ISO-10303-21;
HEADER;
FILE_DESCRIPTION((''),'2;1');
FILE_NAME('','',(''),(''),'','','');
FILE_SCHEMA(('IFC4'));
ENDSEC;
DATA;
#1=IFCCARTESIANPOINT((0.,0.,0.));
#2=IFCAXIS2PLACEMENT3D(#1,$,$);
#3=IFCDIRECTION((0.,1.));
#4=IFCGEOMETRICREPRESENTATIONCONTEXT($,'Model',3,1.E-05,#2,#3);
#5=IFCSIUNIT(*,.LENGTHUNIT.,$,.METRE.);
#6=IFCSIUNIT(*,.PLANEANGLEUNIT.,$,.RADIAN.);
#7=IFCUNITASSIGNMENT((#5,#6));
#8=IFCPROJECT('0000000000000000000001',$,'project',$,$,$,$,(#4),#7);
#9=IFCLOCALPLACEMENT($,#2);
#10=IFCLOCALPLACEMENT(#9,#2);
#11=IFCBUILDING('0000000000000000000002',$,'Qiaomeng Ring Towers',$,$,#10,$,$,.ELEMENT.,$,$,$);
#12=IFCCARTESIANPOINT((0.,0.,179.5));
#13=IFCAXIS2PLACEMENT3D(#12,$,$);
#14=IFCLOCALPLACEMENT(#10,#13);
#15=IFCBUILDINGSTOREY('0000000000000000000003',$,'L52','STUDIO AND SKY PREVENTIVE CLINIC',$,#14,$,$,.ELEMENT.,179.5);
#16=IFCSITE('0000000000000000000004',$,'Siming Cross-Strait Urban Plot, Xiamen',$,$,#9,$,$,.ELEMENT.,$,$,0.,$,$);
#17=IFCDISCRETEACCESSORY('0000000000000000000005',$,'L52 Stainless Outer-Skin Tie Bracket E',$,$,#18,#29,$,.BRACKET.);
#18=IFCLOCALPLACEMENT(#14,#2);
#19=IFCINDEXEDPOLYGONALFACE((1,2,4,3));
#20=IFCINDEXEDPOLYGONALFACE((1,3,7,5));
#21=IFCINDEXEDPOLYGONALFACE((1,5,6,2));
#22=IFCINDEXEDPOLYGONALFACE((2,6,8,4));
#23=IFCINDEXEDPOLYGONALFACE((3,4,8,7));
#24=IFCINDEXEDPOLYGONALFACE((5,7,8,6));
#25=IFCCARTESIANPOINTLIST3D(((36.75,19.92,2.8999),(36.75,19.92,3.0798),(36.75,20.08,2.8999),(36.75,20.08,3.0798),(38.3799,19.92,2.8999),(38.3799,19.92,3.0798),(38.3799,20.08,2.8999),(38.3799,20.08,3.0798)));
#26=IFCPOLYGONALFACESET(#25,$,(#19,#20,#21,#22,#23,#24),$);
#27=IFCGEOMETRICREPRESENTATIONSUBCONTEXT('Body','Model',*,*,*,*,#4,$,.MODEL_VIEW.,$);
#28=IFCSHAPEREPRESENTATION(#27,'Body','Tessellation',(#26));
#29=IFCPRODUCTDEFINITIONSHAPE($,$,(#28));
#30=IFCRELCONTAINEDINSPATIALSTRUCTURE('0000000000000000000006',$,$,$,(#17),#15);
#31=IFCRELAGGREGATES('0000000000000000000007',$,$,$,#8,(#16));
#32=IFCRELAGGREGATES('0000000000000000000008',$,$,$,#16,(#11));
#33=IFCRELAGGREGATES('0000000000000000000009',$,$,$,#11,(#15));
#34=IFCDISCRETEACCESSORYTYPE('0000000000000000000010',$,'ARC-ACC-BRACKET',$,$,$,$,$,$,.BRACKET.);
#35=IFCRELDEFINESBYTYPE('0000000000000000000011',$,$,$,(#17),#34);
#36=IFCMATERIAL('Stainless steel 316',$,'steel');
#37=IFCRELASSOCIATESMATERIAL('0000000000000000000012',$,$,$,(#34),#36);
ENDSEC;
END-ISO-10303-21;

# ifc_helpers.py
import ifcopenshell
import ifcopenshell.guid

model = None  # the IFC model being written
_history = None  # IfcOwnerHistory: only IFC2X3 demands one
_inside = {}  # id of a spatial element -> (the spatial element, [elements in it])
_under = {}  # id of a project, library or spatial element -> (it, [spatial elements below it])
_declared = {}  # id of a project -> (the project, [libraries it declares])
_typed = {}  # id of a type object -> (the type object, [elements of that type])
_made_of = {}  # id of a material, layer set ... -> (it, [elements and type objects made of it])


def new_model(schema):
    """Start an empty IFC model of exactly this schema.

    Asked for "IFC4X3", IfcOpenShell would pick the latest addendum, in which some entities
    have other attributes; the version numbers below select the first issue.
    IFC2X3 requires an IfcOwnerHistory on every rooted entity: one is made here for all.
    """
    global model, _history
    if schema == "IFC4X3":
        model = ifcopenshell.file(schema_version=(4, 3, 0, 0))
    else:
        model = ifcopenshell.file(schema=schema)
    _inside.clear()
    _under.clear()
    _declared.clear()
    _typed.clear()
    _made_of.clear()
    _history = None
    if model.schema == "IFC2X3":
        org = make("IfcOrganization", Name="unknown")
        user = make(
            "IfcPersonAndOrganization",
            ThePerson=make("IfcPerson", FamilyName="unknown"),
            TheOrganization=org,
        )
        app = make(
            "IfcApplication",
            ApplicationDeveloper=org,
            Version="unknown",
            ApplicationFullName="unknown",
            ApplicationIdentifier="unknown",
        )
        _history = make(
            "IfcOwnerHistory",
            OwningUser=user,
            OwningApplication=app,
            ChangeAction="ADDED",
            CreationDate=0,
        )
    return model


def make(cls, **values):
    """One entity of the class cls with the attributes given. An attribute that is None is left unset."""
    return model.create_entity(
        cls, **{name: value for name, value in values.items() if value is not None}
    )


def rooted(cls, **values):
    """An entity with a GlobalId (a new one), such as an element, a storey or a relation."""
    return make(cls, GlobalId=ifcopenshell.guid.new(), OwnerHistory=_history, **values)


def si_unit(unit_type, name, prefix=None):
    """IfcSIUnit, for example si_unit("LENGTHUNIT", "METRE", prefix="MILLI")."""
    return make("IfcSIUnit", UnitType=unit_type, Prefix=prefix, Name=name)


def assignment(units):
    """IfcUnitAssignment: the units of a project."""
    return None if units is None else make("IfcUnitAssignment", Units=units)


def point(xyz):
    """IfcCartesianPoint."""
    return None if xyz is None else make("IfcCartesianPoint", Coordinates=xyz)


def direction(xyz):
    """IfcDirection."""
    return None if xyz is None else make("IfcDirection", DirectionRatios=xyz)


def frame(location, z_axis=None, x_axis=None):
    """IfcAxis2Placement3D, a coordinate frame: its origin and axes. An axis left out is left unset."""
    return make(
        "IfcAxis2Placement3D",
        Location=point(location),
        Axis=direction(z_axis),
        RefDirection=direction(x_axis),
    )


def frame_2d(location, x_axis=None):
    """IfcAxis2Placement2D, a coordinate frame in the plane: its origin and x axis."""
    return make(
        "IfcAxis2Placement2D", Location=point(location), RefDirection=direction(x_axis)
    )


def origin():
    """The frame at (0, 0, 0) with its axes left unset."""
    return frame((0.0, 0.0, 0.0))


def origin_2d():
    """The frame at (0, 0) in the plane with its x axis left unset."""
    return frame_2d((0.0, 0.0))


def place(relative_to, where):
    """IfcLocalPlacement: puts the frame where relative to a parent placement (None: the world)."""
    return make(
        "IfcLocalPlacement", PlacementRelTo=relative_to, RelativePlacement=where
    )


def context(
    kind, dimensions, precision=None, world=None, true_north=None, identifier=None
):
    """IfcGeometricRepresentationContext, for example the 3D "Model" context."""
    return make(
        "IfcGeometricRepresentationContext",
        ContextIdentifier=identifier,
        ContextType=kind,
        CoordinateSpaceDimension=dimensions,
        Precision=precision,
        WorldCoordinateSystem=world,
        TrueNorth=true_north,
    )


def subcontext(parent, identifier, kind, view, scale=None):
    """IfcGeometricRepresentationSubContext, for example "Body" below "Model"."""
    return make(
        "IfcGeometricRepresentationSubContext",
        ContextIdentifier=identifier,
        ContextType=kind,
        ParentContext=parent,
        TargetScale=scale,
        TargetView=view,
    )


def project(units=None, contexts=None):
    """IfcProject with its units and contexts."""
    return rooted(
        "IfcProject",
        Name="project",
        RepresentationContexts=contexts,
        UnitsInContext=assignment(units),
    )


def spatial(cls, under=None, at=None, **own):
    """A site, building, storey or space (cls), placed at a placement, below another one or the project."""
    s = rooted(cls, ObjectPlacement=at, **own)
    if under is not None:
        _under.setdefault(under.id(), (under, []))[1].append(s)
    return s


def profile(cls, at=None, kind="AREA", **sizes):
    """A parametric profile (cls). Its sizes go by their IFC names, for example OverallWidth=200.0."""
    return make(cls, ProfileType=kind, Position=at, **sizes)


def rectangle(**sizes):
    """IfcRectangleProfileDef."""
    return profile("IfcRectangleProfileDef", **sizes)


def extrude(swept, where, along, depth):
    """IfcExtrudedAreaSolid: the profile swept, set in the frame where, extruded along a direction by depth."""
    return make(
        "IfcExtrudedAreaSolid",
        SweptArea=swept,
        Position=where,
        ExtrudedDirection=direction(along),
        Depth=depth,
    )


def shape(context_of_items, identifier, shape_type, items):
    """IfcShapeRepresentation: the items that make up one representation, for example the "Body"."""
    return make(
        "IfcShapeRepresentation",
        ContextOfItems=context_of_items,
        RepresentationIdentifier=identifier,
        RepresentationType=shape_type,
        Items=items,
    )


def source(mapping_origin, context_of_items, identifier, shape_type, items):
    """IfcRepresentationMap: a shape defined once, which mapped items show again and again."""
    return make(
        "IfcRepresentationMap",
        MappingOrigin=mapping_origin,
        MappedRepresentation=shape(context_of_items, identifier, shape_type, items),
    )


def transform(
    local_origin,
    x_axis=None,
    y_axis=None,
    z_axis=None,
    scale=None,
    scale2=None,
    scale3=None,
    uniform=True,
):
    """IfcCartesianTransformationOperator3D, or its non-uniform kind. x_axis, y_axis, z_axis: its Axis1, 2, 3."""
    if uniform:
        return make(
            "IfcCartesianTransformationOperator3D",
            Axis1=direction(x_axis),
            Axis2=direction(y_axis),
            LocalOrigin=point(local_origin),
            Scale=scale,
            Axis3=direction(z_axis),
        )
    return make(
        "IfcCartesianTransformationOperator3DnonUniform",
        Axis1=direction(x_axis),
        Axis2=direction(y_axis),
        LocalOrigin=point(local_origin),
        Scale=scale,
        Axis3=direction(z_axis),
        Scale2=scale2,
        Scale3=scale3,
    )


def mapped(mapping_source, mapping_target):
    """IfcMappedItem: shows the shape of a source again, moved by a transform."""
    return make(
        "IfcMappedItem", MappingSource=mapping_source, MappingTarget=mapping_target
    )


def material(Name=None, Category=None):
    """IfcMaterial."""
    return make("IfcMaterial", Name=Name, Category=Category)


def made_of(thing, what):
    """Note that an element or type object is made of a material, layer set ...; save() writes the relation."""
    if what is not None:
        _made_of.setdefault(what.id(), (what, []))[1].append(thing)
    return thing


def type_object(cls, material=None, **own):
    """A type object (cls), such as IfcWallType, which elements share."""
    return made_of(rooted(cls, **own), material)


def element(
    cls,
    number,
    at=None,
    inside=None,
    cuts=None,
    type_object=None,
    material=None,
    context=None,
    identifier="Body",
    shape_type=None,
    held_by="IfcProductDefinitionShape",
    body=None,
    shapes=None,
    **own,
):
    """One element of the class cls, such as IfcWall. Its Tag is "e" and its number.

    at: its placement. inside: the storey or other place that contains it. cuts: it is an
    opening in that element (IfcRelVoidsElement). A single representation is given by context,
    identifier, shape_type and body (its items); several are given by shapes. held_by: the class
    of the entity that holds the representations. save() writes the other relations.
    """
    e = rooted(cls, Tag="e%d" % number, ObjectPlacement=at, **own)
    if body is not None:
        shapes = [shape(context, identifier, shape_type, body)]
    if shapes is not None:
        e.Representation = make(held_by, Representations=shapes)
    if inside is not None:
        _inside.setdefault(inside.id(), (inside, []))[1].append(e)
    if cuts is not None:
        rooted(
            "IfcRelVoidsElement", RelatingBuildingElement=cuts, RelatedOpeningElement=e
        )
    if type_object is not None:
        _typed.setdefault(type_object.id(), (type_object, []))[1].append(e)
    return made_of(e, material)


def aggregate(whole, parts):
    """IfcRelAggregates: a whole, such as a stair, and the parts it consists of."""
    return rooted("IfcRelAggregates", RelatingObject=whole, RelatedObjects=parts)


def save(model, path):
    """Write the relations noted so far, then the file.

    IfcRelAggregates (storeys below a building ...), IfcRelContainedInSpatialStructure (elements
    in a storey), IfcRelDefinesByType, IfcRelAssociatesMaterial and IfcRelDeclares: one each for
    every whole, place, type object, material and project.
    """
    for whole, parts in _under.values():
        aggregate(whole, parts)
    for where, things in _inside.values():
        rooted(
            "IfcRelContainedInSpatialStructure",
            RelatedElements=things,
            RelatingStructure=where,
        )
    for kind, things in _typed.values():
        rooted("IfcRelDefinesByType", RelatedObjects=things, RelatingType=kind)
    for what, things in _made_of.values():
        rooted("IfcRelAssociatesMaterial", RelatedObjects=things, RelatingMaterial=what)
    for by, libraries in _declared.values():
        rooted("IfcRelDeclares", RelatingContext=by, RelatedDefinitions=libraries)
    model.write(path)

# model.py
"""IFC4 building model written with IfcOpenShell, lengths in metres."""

from ifc_helpers import new_model, si_unit, direction, frame, origin, origin_2d, place, context, subcontext, project, spatial, rectangle, extrude, source, transform, mapped, material, type_object, element, save


model = new_model("IFC4")

# Units and contexts
model_context = context("Model", 3, precision=1e-05, world=origin(), true_north=direction((0.0, 1.0)))
body_context = subcontext(model_context, "Body", "Model", "MODEL_VIEW")
ifc_project = project(units=[si_unit("LENGTHUNIT", "METRE"), si_unit("PLANEANGLEUNIT", "RADIAN")], contexts=[model_context])

# Site, building, storey
site_placement = place(None, origin())
site = spatial("IfcSite", under=ifc_project, at=site_placement, Name="Siming Cross-Strait Urban Plot, Xiamen", CompositionType="ELEMENT", RefElevation=0.0)
building_placement = place(site_placement, origin())
building = spatial("IfcBuilding", under=site, at=building_placement, Name="Qiaomeng Ring Towers", CompositionType="ELEMENT")
storey_placement = place(building_placement, frame((0.0, 0.0, 179.5)))
storey = spatial("IfcBuildingStorey", under=building, at=storey_placement, Name="L52", Description="STUDIO AND SKY PREVENTIVE CLINIC", CompositionType="ELEMENT", Elevation=179.5)

# Shared definitions
ifc_material_1 = material(Name="Stainless steel 316", Category="steel")

# Discrete accessory
discrete_accessory_type = type_object("IfcDiscreteAccessoryType", Name="ARC-ACC-BRACKET", PredefinedType="BRACKET", material=ifc_material_1)
shared_shape_1 = source(origin(), body_context, "Body", "SweptSolid", [
    extrude(rectangle(XDim=1.6299, YDim=0.1599, at=origin_2d()), origin(), (0.0, 0.0, 1.0), 0.1799),
])
discrete_accessory_placement = place(storey_placement, frame((37.5649, 20.0, 2.8999), z_axis=(0.0, 0.0, 1.0), x_axis=(1.0, 0.0, 0.0)))
element("IfcDiscreteAccessory", 1, at=discrete_accessory_placement, inside=storey, type_object=discrete_accessory_type, Name="L52 Stainless Outer-Skin Tie Bracket E", PredefinedType="BRACKET", context=body_context, shape_type="MappedRepresentation", body=[
    mapped(shared_shape_1, transform((0.0, 0.0, 0.0), x_axis=(1.0, 0.0, 0.0), y_axis=(0.0, 1.0, 0.0), z_axis=(0.0, 0.0, 1.0), scale=1.0)),
])

save(model, "model.ifc")
